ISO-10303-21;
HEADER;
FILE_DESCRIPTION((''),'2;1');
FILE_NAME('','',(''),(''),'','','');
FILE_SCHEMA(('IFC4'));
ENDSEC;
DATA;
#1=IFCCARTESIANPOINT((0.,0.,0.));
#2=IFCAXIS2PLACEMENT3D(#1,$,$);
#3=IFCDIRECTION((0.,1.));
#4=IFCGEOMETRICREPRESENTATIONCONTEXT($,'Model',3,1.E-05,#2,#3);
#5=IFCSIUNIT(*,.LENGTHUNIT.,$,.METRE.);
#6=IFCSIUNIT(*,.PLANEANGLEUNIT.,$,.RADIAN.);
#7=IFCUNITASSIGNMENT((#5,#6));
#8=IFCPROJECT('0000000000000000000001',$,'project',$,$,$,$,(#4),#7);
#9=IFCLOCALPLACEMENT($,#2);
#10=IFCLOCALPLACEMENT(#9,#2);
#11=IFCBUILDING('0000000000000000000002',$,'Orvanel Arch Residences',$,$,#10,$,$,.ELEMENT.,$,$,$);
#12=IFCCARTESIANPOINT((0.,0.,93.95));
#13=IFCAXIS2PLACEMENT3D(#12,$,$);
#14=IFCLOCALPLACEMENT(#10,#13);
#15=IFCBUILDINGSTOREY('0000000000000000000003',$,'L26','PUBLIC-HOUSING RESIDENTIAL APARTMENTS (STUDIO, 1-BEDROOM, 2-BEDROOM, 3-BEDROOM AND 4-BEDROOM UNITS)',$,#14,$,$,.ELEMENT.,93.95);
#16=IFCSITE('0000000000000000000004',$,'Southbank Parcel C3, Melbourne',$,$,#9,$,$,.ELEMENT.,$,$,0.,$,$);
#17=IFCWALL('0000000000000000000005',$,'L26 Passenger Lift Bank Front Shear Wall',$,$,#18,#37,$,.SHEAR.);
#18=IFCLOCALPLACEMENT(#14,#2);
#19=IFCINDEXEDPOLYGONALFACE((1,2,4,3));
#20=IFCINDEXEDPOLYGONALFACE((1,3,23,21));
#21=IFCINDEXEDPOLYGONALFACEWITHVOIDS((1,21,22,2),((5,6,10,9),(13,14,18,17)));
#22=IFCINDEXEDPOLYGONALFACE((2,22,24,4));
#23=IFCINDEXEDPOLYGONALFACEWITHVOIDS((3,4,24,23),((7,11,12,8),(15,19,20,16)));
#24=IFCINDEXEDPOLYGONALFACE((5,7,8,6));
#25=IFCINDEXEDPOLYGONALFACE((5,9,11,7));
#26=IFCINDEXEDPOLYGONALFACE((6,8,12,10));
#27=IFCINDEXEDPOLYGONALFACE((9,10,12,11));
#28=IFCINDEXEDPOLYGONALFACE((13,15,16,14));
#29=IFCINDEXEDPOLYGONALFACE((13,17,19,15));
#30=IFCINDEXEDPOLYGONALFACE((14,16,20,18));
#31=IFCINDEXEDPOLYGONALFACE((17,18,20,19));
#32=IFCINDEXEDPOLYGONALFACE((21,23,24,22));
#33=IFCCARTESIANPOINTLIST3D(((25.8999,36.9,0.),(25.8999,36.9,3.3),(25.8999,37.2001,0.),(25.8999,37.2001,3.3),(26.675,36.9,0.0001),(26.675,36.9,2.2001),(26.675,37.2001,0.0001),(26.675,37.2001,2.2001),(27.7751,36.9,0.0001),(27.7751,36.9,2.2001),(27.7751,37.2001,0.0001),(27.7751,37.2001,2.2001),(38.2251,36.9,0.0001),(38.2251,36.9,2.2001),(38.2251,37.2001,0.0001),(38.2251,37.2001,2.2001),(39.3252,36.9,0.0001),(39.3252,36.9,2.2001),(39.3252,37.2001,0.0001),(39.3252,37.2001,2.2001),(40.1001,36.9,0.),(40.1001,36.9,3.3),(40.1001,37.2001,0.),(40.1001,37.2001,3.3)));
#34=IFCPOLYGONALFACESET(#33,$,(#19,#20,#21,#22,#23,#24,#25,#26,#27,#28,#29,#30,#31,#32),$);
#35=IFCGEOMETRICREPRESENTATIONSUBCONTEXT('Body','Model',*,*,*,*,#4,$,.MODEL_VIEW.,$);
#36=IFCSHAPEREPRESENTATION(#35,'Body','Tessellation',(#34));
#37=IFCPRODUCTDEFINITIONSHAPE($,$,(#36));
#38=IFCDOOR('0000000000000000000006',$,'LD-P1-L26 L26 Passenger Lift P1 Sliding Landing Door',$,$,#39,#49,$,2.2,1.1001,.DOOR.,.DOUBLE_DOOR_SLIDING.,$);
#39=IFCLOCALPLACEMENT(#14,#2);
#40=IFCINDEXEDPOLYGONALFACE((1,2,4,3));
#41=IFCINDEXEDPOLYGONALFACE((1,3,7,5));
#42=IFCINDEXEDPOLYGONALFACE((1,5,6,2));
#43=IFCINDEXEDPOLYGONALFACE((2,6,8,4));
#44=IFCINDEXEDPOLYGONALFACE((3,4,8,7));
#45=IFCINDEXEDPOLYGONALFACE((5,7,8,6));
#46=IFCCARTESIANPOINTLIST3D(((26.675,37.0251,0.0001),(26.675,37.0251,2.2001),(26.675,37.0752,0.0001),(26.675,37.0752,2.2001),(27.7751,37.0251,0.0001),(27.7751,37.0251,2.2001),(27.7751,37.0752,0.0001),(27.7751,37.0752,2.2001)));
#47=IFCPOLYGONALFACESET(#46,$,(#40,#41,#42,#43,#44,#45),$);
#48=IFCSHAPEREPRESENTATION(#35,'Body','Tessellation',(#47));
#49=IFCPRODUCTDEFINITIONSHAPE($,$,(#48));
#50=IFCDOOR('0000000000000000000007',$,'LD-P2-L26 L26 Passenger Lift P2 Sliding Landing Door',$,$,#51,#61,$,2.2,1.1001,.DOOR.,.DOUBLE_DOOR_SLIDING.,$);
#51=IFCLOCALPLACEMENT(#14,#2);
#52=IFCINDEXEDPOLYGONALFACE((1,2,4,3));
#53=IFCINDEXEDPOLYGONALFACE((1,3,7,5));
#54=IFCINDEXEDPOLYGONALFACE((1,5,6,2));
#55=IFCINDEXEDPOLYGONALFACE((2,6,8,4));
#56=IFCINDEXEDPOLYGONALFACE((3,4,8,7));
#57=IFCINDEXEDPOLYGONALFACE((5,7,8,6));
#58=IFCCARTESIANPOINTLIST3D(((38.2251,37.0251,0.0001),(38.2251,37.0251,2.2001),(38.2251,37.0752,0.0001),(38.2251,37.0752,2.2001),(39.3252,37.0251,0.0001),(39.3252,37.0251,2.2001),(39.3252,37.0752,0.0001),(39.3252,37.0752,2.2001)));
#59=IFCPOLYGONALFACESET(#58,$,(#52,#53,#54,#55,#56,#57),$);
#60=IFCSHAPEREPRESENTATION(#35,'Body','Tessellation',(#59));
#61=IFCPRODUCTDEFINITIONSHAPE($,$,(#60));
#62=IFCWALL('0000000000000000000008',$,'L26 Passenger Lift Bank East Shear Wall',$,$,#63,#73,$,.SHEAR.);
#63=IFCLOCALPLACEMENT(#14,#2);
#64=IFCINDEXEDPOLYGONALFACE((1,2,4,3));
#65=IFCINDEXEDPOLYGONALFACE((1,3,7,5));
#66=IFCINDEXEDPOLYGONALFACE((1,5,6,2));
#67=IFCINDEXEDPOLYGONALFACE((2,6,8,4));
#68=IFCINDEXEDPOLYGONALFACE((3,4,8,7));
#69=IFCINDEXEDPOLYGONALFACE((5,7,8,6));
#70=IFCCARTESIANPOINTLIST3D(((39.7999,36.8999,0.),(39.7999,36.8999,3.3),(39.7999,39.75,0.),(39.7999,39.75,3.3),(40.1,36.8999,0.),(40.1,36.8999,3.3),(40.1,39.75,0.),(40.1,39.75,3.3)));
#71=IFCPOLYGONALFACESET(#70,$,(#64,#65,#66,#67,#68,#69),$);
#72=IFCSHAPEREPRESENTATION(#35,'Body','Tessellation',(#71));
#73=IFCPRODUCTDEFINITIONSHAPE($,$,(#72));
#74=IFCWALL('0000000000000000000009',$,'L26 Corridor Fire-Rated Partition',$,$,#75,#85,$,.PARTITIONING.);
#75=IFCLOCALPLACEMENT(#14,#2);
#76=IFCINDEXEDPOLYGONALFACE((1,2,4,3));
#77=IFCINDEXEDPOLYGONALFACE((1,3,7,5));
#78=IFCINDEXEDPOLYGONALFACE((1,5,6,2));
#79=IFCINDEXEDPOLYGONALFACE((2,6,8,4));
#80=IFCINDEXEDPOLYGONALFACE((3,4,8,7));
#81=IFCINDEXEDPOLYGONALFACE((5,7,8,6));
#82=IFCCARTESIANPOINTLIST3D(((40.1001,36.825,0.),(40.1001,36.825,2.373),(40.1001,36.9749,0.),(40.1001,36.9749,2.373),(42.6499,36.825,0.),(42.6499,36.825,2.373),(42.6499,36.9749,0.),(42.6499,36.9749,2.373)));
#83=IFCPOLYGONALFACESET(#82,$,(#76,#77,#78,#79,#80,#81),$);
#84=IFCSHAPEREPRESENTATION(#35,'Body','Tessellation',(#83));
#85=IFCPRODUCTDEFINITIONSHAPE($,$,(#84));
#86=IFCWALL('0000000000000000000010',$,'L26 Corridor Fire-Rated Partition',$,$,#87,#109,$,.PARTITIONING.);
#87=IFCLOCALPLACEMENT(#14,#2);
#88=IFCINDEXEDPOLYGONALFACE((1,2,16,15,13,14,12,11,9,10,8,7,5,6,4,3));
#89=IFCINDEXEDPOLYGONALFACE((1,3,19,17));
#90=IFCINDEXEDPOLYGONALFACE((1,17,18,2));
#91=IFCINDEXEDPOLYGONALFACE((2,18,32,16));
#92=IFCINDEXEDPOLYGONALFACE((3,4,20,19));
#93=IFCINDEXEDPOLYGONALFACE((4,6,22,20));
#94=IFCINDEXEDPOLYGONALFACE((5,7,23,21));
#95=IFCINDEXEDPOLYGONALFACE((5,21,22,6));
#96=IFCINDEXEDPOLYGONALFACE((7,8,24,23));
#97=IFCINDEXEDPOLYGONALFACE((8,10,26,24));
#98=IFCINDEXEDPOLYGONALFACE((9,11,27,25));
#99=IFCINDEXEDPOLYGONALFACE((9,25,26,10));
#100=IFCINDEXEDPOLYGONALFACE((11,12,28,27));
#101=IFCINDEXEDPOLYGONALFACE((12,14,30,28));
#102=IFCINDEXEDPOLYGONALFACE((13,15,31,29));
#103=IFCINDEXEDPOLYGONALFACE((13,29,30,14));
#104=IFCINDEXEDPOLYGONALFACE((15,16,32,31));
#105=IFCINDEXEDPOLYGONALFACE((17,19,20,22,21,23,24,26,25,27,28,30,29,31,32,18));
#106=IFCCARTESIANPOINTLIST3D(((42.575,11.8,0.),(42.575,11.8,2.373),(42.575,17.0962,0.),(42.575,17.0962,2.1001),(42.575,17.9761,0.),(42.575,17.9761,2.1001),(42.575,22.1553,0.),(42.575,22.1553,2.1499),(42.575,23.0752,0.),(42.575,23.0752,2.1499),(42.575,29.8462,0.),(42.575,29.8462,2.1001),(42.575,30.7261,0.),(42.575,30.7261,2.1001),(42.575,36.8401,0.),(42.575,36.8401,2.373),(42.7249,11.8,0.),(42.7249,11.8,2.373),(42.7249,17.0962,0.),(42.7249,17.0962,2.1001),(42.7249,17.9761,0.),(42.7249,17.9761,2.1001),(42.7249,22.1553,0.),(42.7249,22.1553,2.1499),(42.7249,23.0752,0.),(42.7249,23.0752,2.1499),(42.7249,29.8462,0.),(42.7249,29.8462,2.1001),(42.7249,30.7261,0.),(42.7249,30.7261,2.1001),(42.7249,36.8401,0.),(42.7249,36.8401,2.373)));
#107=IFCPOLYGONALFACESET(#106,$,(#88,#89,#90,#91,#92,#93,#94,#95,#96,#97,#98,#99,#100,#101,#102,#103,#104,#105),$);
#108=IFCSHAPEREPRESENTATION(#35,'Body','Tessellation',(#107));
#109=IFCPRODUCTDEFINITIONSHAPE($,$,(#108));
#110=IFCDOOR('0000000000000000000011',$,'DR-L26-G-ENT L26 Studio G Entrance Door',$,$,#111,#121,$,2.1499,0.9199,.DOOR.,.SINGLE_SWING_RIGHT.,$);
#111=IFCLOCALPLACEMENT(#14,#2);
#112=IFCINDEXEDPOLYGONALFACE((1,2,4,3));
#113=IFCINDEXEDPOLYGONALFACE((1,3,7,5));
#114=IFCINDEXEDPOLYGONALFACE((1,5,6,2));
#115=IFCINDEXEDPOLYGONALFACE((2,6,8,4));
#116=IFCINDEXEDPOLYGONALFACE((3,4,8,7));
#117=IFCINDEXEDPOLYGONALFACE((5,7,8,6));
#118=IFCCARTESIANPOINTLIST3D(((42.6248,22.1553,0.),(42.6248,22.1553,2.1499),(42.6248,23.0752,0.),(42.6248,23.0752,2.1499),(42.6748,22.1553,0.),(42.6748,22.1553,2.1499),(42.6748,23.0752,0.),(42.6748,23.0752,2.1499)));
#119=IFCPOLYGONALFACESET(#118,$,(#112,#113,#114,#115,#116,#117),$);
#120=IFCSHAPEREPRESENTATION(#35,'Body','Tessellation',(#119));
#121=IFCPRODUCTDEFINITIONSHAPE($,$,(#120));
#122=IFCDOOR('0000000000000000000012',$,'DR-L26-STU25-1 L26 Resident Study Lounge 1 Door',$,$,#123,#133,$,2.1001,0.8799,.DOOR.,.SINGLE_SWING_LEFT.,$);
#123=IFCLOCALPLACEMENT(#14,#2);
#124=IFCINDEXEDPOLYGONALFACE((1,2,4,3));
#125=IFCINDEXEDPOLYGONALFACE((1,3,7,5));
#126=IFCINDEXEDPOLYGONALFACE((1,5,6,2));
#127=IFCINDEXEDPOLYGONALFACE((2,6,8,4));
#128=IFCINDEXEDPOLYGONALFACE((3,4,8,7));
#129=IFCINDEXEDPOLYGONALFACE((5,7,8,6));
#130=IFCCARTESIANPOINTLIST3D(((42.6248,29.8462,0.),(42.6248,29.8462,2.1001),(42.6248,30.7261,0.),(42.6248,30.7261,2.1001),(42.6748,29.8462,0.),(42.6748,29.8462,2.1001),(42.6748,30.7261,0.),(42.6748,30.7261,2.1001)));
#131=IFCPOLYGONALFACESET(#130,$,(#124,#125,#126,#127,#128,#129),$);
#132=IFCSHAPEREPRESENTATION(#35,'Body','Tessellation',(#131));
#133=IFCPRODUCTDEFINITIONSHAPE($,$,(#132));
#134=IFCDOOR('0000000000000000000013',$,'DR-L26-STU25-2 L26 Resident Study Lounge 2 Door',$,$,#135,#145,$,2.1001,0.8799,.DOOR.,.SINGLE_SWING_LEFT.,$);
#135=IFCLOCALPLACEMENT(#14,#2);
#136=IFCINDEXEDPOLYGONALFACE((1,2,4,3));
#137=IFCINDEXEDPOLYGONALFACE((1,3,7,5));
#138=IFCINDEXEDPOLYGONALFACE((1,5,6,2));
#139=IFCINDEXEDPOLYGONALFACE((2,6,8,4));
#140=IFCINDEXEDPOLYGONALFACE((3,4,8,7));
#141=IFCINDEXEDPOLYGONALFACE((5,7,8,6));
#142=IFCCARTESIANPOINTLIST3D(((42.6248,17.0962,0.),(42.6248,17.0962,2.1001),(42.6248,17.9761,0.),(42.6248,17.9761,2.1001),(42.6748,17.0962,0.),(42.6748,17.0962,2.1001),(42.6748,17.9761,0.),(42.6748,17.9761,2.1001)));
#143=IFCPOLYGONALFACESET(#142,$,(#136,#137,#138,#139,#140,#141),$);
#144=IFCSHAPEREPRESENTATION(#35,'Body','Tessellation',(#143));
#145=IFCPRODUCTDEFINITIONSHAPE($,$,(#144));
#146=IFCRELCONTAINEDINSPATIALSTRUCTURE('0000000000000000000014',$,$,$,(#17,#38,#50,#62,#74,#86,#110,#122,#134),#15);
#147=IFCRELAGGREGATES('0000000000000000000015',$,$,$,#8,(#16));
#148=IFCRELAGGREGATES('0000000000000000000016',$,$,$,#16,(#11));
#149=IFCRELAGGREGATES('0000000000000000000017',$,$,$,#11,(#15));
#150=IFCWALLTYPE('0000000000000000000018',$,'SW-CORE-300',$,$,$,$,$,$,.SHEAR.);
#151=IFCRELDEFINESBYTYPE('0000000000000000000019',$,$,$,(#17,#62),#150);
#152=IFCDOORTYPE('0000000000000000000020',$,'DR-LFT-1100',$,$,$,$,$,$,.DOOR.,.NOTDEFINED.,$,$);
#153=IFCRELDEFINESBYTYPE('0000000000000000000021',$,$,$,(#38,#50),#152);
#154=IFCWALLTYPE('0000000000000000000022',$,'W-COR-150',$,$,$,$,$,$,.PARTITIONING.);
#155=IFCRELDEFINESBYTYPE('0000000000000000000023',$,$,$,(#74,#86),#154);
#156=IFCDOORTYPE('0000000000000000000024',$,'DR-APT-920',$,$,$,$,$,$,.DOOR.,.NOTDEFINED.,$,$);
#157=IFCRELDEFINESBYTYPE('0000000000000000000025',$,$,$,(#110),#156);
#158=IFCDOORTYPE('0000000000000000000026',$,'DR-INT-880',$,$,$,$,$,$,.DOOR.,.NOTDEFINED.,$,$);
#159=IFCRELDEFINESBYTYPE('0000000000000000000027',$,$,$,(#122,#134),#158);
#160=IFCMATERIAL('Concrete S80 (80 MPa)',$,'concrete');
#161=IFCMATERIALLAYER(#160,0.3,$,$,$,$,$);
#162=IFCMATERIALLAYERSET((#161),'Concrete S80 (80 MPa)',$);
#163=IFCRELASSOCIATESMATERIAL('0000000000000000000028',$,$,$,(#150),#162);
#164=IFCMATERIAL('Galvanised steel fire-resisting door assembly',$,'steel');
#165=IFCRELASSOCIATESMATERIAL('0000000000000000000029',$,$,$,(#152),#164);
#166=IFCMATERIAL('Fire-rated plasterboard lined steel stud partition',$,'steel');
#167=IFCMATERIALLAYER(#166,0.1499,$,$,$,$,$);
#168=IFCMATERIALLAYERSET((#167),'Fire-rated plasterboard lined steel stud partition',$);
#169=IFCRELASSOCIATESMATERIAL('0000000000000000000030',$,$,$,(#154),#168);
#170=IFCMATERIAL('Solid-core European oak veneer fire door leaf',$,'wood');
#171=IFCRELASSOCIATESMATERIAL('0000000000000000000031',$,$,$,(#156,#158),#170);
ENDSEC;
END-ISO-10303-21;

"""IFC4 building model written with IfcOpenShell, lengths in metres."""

from ifc_helpers import new_model, si_unit, direction, frame, frame_2d, origin, place, context, subcontext, project, spatial, rectangle, extrude, material, layer, layer_set, type_object, element, fill, save


model = new_model("IFC4")

# Units and contexts
model_context = context("Model", 3, precision=1e-05, world=origin(), true_north=direction((0.0, 1.0)))
body_context = subcontext(model_context, "Body", "Model", "MODEL_VIEW")
ifc_project = project(units=[si_unit("LENGTHUNIT", "METRE"), si_unit("PLANEANGLEUNIT", "RADIAN")], contexts=[model_context])

# Site, building, storey
site_placement = place(None, origin())
site = spatial("IfcSite", under=ifc_project, at=site_placement, Name="Southbank Parcel C3, Melbourne", CompositionType="ELEMENT", RefElevation=0.0)
building_placement = place(site_placement, origin())
building = spatial("IfcBuilding", under=site, at=building_placement, Name="Orvanel Arch Residences", CompositionType="ELEMENT")
storey_placement = place(building_placement, frame((0.0, 0.0, 93.95)))
storey = spatial("IfcBuildingStorey", under=building, at=storey_placement, Name="L26", Description="PUBLIC-HOUSING RESIDENTIAL APARTMENTS (STUDIO, 1-BEDROOM, 2-BEDROOM, 3-BEDROOM AND 4-BEDROOM UNITS)", CompositionType="ELEMENT", Elevation=93.95)

# Wall, openings, doors
ifc_material_1 = material(Name="Concrete S80 (80 MPa)", Category="concrete")
ifc_layer_1 = layer(ifc_material_1, 0.3)
ifc_layer_set_1 = layer_set([ifc_layer_1], Name="Concrete S80 (80 MPa)")
wall_type_1 = type_object("IfcWallType", Name="SW-CORE-300", PredefinedType="SHEAR", material=ifc_layer_set_1)
wall_1_placement = place(storey_placement, frame((40.1001, 37.05, 0.0), z_axis=(0.0, 0.0, 1.0), x_axis=(-1.0, 0.0, 0.0)))
wall_1 = element("IfcWall", 1, at=wall_1_placement, inside=storey, type_object=wall_type_1, Name="L26 Passenger Lift Bank Front Shear Wall", PredefinedType="SHEAR", context=body_context, shape_type="SweptSolid", body=[
    extrude(rectangle(XDim=14.2002, YDim=0.3, at=frame_2d((7.1001, 0.0))), origin(), (0.0, 0.0, 1.0), 3.3),
])
opening_1_placement = place(wall_1_placement, frame((12.325, 0.0, 0.0)))
opening_1 = element("IfcOpeningElement", 2, at=opening_1_placement, cuts=wall_1, PredefinedType="OPENING", context=body_context, shape_type="SweptSolid", body=[
    extrude(rectangle(XDim=1.1001, YDim=2.2, at=frame_2d((0.55, 1.1001))), frame((0.0, 0.1599, 0.0), z_axis=(0.0, -1.0, 0.0), x_axis=(1.0, 0.0, 0.0)), (0.0, 0.0, 1.0), 0.3201),
])
opening_2_placement = place(wall_1_placement, frame((0.7749, 0.0, 0.0)))
opening_2 = element("IfcOpeningElement", 3, at=opening_2_placement, cuts=wall_1, PredefinedType="OPENING", context=body_context, shape_type="SweptSolid", body=[
    extrude(rectangle(XDim=1.1001, YDim=2.2, at=frame_2d((0.55, 1.1001))), frame((0.0, 0.1599, 0.0), z_axis=(0.0, -1.0, 0.0), x_axis=(1.0, 0.0, 0.0)), (0.0, 0.0, 1.0), 0.3201),
])
ifc_material_2 = material(Name="Galvanised steel fire-resisting door assembly", Category="steel")
door_type_1 = type_object("IfcDoorType", Name="DR-LFT-1100", OperationType="NOTDEFINED", PredefinedType="DOOR", material=ifc_material_2)
door_1_placement = place(opening_1_placement, origin())
door_1 = element("IfcDoor", 4, at=door_1_placement, inside=storey, type_object=door_type_1, Name="LD-P1-L26 L26 Passenger Lift P1 Sliding Landing Door", OperationType="DOUBLE_DOOR_SLIDING", OverallHeight=2.2, OverallWidth=1.1001, PredefinedType="DOOR", context=body_context, shape_type="SweptSolid", body=[
    extrude(rectangle(XDim=1.1001, YDim=2.2, at=frame_2d((0.55, 1.1001))), frame((0.0, 0.0249, 0.0), z_axis=(0.0, -1.0, 0.0), x_axis=(1.0, 0.0, 0.0)), (0.0, 0.0, 1.0), 0.05),
])
fill(opening_1, door_1)
door_2_placement = place(opening_2_placement, origin())
door_2 = element("IfcDoor", 5, at=door_2_placement, inside=storey, type_object=door_type_1, Name="LD-P2-L26 L26 Passenger Lift P2 Sliding Landing Door", OperationType="DOUBLE_DOOR_SLIDING", OverallHeight=2.2, OverallWidth=1.1001, PredefinedType="DOOR", context=body_context, shape_type="SweptSolid", body=[
    extrude(rectangle(XDim=1.1001, YDim=2.2, at=frame_2d((0.55, 1.1001))), frame((0.0, 0.0249, 0.0), z_axis=(0.0, -1.0, 0.0), x_axis=(1.0, 0.0, 0.0)), (0.0, 0.0, 1.0), 0.05),
])
fill(opening_2, door_2)

# Walls
wall_2_placement = place(storey_placement, frame((39.95, 36.8999, 0.0), z_axis=(0.0, 0.0, 1.0), x_axis=(0.0, 1.0, 0.0)))
element("IfcWall", 6, at=wall_2_placement, inside=storey, type_object=wall_type_1, Name="L26 Passenger Lift Bank East Shear Wall", PredefinedType="SHEAR", context=body_context, shape_type="SweptSolid", body=[
    extrude(rectangle(XDim=2.8501, YDim=0.3, at=frame_2d((1.425, 0.0))), origin(), (0.0, 0.0, 1.0), 3.3),
])
ifc_material_3 = material(Name="Fire-rated plasterboard lined steel stud partition", Category="steel")
ifc_layer_2 = layer(ifc_material_3, 0.1499)
ifc_layer_set_2 = layer_set([ifc_layer_2], Name="Fire-rated plasterboard lined steel stud partition")
wall_type_2 = type_object("IfcWallType", Name="W-COR-150", PredefinedType="PARTITIONING", material=ifc_layer_set_2)
wall_3_placement = place(storey_placement, frame((40.1001, 36.8999, 0.0), z_axis=(0.0, 0.0, 1.0), x_axis=(1.0, 0.0, 0.0)))
element("IfcWall", 7, at=wall_3_placement, inside=storey, type_object=wall_type_2, Name="L26 Corridor Fire-Rated Partition", PredefinedType="PARTITIONING", context=body_context, shape_type="SweptSolid", body=[
    extrude(rectangle(XDim=2.5498, YDim=0.1499, at=frame_2d((1.2749, 0.0))), origin(), (0.0, 0.0, 1.0), 2.373),
])

# Wall, openings, doors
wall_4_placement = place(storey_placement, frame((42.6499, 36.8401, 0.0), z_axis=(0.0, 0.0, 1.0), x_axis=(0.0, -1.0, 0.0)))
wall_4 = element("IfcWall", 8, at=wall_4_placement, inside=storey, type_object=wall_type_2, Name="L26 Corridor Fire-Rated Partition", PredefinedType="PARTITIONING", context=body_context, shape_type="SweptSolid", body=[
    extrude(rectangle(XDim=25.04, YDim=0.1499, at=frame_2d((12.52, 0.0))), origin(), (0.0, 0.0, 1.0), 2.373),
])
opening_3_placement = place(wall_4_placement, frame((6.114, 0.0, 0.0)))
opening_3 = element("IfcOpeningElement", 9, at=opening_3_placement, cuts=wall_4, PredefinedType="OPENING", context=body_context, shape_type="SweptSolid", body=[
    extrude(rectangle(XDim=0.8799, YDim=2.1001, at=frame_2d((0.4399, 1.05))), frame((0.0, 0.085, 0.0), z_axis=(0.0, -1.0, 0.0), x_axis=(1.0, 0.0, 0.0)), (0.0, 0.0, 1.0), 0.1699),
])
opening_4_placement = place(wall_4_placement, frame((18.864, 0.0, 0.0)))
opening_4 = element("IfcOpeningElement", 10, at=opening_4_placement, cuts=wall_4, PredefinedType="OPENING", context=body_context, shape_type="SweptSolid", body=[
    extrude(rectangle(XDim=0.8799, YDim=2.1001, at=frame_2d((0.4399, 1.05))), frame((0.0, 0.085, 0.0), z_axis=(0.0, -1.0, 0.0), x_axis=(1.0, 0.0, 0.0)), (0.0, 0.0, 1.0), 0.1699),
])
opening_5_placement = place(wall_4_placement, frame((13.7649, 0.0, 0.0)))
opening_5 = element("IfcOpeningElement", 11, at=opening_5_placement, cuts=wall_4, PredefinedType="OPENING", context=body_context, shape_type="SweptSolid", body=[
    extrude(rectangle(XDim=0.9199, YDim=2.1499, at=frame_2d((0.46, 1.075))), frame((0.0, 0.085, 0.0), z_axis=(0.0, -1.0, 0.0), x_axis=(1.0, 0.0, 0.0)), (0.0, 0.0, 1.0), 0.1699),
])
ifc_material_4 = material(Name="Solid-core European oak veneer fire door leaf", Category="wood")
door_type_2 = type_object("IfcDoorType", Name="DR-APT-920", OperationType="NOTDEFINED", PredefinedType="DOOR", material=ifc_material_4)
door_3_placement = place(opening_5_placement, origin())
door_3 = element("IfcDoor", 12, at=door_3_placement, inside=storey, type_object=door_type_2, Name="DR-L26-G-ENT L26 Studio G Entrance Door", OperationType="SINGLE_SWING_RIGHT", OverallHeight=2.1499, OverallWidth=0.9199, PredefinedType="DOOR", context=body_context, shape_type="SweptSolid", body=[
    extrude(rectangle(XDim=0.9199, YDim=2.1499, at=frame_2d((0.46, 1.075))), frame((0.0, 0.0249, 0.0), z_axis=(0.0, -1.0, 0.0), x_axis=(1.0, 0.0, 0.0)), (0.0, 0.0, 1.0), 0.05),
])
fill(opening_5, door_3)
door_type_3 = type_object("IfcDoorType", Name="DR-INT-880", OperationType="NOTDEFINED", PredefinedType="DOOR", material=ifc_material_4)
door_4_placement = place(opening_3_placement, origin())
door_4 = element("IfcDoor", 13, at=door_4_placement, inside=storey, type_object=door_type_3, Name="DR-L26-STU25-1 L26 Resident Study Lounge 1 Door", OperationType="SINGLE_SWING_LEFT", OverallHeight=2.1001, OverallWidth=0.8799, PredefinedType="DOOR", context=body_context, shape_type="SweptSolid", body=[
    extrude(rectangle(XDim=0.8799, YDim=2.1001, at=frame_2d((0.4399, 1.05))), frame((0.0, 0.0249, 0.0), z_axis=(0.0, -1.0, 0.0), x_axis=(1.0, 0.0, 0.0)), (0.0, 0.0, 1.0), 0.05),
])
fill(opening_3, door_4)
door_5_placement = place(opening_4_placement, origin())
door_5 = element("IfcDoor", 14, at=door_5_placement, inside=storey, type_object=door_type_3, Name="DR-L26-STU25-2 L26 Resident Study Lounge 2 Door", OperationType="SINGLE_SWING_LEFT", OverallHeight=2.1001, OverallWidth=0.8799, PredefinedType="DOOR", context=body_context, shape_type="SweptSolid", body=[
    extrude(rectangle(XDim=0.8799, YDim=2.1001, at=frame_2d((0.4399, 1.05))), frame((0.0, 0.0249, 0.0), z_axis=(0.0, -1.0, 0.0), x_axis=(1.0, 0.0, 0.0)), (0.0, 0.0, 1.0), 0.05),
])
fill(opening_4, door_5)

save(model, "model.ifc")
